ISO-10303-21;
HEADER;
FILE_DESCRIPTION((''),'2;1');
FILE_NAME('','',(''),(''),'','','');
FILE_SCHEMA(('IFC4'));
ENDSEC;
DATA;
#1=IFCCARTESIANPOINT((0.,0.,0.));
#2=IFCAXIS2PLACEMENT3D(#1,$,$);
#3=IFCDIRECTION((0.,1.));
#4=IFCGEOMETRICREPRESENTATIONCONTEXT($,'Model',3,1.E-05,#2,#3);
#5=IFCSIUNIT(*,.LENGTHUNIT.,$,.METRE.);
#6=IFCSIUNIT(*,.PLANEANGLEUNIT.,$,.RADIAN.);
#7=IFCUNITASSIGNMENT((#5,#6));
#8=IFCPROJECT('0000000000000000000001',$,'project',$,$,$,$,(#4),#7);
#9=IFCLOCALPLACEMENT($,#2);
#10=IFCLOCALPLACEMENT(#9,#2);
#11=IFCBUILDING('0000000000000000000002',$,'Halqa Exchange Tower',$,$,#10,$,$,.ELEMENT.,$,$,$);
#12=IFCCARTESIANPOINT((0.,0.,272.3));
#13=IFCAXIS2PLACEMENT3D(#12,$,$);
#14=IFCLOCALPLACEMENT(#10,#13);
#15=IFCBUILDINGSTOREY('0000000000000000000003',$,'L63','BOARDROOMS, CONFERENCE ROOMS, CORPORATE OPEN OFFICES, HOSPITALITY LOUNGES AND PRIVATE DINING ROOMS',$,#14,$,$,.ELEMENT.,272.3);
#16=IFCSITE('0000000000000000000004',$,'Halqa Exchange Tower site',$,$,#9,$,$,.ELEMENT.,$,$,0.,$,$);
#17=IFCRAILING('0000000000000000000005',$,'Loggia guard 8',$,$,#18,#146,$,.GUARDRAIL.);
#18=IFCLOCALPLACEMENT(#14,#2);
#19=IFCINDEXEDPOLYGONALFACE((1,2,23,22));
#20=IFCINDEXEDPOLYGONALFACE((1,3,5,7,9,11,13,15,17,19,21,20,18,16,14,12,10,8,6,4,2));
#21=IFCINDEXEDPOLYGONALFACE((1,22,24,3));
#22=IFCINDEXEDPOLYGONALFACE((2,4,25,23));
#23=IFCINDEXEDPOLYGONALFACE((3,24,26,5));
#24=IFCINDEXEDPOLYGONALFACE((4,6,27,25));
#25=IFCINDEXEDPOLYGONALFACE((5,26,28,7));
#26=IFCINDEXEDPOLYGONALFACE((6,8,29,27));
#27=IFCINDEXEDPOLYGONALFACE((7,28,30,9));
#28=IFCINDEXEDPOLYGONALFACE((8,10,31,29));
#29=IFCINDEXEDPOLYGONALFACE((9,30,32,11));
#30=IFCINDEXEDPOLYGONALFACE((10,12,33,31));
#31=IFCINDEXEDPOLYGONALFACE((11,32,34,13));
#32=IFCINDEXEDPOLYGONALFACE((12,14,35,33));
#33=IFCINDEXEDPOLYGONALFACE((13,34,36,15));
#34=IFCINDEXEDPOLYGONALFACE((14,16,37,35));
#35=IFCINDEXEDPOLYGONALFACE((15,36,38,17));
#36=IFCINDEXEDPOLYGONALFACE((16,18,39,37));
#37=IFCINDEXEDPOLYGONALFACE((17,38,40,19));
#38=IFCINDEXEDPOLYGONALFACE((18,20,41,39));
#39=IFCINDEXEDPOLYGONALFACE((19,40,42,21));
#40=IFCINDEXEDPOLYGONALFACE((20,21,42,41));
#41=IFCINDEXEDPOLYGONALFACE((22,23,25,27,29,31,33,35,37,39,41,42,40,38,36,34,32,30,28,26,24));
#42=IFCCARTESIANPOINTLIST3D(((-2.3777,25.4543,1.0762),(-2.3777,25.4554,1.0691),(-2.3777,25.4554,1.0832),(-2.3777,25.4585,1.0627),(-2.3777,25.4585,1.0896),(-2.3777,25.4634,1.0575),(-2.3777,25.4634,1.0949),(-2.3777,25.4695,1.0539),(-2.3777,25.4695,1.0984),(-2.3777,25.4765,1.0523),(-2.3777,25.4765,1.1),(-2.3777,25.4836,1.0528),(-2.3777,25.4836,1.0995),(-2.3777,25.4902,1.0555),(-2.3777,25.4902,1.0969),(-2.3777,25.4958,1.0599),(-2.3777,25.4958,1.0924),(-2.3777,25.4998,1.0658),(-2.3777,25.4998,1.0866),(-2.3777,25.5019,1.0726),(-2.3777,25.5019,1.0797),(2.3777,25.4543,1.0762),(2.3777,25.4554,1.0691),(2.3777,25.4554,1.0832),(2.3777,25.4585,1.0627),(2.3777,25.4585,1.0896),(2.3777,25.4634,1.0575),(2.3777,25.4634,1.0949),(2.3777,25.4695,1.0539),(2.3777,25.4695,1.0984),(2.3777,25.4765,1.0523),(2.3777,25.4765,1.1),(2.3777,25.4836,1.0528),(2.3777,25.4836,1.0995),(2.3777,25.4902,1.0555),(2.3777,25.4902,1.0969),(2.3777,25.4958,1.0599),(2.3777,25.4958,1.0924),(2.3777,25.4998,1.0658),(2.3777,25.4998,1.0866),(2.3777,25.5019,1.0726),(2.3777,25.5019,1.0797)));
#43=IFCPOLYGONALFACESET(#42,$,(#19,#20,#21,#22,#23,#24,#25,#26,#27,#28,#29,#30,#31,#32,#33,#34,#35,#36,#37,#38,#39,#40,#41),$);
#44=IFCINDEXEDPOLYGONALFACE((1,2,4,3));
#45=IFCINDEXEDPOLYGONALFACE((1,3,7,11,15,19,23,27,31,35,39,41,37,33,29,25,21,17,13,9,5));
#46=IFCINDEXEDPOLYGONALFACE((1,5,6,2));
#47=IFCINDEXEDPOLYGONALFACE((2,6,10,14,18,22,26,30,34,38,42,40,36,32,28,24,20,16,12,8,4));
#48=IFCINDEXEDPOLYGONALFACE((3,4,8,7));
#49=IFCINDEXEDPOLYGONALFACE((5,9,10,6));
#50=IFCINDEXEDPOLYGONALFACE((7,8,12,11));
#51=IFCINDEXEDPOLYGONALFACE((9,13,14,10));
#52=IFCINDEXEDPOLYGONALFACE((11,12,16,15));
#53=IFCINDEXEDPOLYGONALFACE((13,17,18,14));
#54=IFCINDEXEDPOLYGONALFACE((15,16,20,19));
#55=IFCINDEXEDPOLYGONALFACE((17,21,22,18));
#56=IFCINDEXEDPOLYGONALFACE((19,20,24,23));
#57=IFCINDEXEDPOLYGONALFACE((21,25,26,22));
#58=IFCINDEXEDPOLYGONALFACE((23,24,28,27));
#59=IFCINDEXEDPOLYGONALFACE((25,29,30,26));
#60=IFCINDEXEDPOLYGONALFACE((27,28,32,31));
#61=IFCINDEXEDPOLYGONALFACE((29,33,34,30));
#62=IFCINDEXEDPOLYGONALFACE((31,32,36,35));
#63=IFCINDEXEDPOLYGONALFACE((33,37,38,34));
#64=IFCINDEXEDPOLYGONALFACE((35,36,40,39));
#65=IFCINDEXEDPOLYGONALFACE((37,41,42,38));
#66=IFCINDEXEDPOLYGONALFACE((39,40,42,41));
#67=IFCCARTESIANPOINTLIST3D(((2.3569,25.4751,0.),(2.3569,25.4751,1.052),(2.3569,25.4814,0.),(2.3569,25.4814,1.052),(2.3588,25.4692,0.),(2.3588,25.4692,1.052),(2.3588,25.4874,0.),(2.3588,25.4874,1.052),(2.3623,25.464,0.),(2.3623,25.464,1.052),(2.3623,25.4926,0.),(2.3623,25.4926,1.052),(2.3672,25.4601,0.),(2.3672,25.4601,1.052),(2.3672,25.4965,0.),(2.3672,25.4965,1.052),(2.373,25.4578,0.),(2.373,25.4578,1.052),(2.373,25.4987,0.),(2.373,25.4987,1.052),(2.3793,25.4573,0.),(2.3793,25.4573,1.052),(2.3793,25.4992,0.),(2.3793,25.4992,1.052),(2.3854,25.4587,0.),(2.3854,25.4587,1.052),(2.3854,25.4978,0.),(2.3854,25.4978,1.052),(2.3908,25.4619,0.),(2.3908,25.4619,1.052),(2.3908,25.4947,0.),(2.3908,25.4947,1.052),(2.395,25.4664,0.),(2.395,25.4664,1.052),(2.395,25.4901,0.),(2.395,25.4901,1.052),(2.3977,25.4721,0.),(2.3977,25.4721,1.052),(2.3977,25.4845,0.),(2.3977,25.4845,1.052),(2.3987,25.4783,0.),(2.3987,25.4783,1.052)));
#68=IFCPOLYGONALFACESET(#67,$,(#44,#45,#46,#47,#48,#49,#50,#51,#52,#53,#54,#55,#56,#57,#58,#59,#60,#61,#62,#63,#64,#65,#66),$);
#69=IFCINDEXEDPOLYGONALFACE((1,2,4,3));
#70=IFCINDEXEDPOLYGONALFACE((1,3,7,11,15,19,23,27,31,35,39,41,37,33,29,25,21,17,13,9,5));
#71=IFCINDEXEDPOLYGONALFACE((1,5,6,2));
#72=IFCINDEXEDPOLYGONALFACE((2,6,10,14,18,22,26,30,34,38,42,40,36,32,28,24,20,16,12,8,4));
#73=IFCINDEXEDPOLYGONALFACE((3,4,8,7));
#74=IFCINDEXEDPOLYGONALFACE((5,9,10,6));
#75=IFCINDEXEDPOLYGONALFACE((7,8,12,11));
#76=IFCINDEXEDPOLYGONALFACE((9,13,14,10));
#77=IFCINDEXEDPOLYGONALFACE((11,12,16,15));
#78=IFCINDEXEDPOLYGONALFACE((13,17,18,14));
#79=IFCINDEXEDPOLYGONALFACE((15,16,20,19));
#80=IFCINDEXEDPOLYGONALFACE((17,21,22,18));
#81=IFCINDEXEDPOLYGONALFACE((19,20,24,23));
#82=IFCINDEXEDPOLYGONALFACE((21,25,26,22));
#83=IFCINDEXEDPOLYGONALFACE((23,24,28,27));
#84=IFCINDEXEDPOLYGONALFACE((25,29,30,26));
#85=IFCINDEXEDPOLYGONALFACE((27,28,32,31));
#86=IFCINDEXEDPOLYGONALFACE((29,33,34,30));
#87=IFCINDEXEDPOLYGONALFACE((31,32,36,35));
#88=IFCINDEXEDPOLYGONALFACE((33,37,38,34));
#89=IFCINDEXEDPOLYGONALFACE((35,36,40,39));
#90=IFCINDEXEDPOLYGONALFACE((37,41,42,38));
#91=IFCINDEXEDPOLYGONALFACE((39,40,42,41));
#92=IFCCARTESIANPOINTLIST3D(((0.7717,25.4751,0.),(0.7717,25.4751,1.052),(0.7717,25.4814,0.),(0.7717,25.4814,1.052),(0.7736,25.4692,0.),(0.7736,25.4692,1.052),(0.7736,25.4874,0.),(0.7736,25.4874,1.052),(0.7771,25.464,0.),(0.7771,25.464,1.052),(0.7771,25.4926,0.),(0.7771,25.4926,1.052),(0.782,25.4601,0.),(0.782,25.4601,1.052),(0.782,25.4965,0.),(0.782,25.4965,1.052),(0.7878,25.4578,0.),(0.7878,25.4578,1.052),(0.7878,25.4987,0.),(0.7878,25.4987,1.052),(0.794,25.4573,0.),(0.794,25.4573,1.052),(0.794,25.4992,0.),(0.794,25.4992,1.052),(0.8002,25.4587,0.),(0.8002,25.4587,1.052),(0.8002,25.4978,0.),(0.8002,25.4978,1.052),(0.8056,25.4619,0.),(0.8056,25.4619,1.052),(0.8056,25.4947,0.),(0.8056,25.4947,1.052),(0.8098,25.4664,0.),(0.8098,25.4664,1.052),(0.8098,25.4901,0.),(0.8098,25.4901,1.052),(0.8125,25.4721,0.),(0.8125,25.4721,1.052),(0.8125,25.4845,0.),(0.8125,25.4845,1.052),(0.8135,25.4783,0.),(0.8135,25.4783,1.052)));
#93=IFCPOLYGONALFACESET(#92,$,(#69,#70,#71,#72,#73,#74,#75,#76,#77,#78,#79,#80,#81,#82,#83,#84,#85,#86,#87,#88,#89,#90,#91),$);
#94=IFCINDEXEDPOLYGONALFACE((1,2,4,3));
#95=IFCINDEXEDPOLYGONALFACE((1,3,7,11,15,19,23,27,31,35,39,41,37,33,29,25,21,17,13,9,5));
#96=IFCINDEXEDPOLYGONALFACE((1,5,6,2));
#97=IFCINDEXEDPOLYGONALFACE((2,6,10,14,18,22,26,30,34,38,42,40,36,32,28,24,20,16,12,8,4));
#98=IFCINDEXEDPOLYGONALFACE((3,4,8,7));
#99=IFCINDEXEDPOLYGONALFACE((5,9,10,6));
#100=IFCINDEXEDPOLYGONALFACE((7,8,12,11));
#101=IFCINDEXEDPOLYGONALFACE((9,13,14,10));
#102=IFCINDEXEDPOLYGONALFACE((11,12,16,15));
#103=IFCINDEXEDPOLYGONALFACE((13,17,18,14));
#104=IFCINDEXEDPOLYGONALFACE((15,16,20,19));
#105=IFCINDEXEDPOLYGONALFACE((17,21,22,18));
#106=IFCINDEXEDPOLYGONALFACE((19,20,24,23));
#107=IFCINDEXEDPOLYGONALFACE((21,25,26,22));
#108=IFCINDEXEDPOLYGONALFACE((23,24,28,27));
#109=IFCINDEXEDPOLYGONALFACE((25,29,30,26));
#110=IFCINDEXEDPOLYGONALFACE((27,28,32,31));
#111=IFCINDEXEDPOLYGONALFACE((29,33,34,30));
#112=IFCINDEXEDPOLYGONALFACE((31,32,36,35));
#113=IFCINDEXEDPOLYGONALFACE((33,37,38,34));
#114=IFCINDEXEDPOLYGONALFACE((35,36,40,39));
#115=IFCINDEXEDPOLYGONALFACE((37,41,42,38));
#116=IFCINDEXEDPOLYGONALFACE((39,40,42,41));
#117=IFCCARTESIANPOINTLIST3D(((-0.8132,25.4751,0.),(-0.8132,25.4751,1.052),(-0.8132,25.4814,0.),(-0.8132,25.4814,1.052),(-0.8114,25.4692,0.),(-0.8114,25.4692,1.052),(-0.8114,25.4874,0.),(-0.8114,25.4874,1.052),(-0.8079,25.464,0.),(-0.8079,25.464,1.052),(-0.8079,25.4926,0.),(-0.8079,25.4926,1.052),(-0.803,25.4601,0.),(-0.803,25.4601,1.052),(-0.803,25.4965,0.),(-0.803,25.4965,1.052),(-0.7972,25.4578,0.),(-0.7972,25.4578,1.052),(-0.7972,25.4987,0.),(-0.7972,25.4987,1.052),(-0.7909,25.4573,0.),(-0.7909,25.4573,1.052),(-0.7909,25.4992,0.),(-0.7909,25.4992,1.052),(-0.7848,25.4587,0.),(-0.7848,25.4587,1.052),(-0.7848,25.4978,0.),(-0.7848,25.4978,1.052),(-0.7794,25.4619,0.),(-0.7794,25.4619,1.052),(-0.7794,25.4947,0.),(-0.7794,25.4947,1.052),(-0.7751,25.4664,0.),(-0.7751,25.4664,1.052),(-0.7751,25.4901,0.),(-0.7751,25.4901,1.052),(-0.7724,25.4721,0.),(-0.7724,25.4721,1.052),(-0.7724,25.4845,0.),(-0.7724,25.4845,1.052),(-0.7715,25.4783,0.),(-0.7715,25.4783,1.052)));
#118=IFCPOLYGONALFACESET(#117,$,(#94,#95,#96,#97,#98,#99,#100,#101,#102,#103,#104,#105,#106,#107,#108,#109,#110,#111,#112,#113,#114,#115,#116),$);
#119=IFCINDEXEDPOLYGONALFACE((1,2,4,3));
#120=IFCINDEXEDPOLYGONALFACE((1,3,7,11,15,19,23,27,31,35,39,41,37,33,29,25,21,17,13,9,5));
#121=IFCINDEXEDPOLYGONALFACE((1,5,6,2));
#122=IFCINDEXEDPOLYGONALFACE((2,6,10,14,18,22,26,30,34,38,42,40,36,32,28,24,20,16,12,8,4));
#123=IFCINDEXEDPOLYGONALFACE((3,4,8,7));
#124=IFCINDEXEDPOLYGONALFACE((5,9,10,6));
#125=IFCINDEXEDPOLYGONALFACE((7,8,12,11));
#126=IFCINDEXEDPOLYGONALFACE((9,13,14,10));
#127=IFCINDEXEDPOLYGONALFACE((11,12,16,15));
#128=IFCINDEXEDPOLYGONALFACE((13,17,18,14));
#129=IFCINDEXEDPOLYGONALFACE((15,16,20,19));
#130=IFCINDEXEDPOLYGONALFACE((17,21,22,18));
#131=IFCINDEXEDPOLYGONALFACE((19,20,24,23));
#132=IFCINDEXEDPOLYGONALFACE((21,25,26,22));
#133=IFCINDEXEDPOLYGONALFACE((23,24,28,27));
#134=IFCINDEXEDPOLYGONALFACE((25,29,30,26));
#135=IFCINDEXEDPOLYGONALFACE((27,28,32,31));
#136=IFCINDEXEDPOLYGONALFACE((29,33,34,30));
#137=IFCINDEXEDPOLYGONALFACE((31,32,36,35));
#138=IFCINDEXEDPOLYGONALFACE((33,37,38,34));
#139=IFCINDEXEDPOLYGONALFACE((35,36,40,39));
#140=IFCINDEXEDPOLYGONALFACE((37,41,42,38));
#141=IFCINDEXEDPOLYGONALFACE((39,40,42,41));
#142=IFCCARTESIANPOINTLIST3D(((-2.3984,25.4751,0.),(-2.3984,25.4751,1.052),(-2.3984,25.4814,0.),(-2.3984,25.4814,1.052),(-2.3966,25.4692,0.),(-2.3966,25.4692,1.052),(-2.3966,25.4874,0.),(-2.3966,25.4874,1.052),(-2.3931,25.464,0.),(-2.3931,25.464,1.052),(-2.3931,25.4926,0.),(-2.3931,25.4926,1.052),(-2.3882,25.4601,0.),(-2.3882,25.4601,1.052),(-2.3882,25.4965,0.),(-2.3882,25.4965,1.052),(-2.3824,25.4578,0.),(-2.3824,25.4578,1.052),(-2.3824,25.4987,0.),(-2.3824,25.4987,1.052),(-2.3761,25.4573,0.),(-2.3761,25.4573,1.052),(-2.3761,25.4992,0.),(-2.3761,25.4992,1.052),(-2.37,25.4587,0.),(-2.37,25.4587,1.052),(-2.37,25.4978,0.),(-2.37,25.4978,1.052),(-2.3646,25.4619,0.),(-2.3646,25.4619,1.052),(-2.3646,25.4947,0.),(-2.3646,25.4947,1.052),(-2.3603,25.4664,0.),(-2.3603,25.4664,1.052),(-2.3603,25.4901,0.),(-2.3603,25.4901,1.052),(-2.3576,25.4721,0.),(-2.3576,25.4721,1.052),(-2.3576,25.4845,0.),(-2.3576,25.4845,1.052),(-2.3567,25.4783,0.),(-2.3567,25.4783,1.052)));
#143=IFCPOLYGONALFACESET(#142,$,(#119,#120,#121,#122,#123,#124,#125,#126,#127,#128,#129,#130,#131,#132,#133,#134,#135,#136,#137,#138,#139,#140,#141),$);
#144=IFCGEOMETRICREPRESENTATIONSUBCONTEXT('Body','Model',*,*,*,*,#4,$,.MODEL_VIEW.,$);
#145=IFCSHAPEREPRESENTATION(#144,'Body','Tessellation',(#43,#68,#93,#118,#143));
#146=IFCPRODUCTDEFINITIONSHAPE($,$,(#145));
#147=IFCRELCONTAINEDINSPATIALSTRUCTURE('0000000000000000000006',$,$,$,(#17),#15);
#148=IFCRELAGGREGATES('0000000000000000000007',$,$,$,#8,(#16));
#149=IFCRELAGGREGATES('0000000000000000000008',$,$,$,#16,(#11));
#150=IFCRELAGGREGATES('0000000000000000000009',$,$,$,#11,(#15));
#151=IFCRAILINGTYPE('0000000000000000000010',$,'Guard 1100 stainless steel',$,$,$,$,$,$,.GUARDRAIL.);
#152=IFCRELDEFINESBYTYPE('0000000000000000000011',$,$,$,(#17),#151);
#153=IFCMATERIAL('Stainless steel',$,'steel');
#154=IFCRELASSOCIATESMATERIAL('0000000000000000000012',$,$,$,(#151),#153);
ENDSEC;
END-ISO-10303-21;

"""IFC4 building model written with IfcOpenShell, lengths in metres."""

from ifc_helpers import new_model, si_unit, direction, frame, origin, origin_2d, place, context, subcontext, project, spatial, circle, extrude, material, type_object, element, save


model = new_model("IFC4")

# Units and contexts
model_context = context("Model", 3, precision=1e-05, world=origin(), true_north=direction((0.0, 1.0)))
body_context = subcontext(model_context, "Body", "Model", "MODEL_VIEW")
ifc_project = project(units=[si_unit("LENGTHUNIT", "METRE"), si_unit("PLANEANGLEUNIT", "RADIAN")], contexts=[model_context])

# Site, building, storey
site_placement = place(None, origin())
site = spatial("IfcSite", under=ifc_project, at=site_placement, Name="Halqa Exchange Tower site", CompositionType="ELEMENT", RefElevation=0.0)
building_placement = place(site_placement, origin())
building = spatial("IfcBuilding", under=site, at=building_placement, Name="Halqa Exchange Tower", CompositionType="ELEMENT")
storey_placement = place(building_placement, frame((0.0, 0.0, 272.3)))
storey = spatial("IfcBuildingStorey", under=building, at=storey_placement, Name="L63", Description="BOARDROOMS, CONFERENCE ROOMS, CORPORATE OPEN OFFICES, HOSPITALITY LOUNGES AND PRIVATE DINING ROOMS", CompositionType="ELEMENT", Elevation=272.3)

# Railing
ifc_material_1 = material(Name="Stainless steel", Category="steel")
railing_type_1 = type_object("IfcRailingType", Name="Guard 1100 stainless steel", PredefinedType="GUARDRAIL", material=ifc_material_1)
railing_1_placement = place(storey_placement, frame((2.3777, 25.4783, 0.0)))
element("IfcRailing", 1, at=railing_1_placement, inside=storey, type_object=railing_type_1, Name="Loggia guard 8", PredefinedType="GUARDRAIL", context=body_context, shape_type="SweptSolid", body=[
    extrude(circle(Radius=0.0239, at=origin_2d()), frame((0.0, 0.0, 1.0762), z_axis=(-1.0, 0.0, 0.0), x_axis=(0.0, -1.0, 0.0)), (0.0, 0.0, 1.0), 4.7554),
    extrude(circle(Radius=0.021, at=origin_2d()), origin(), (0.0, 0.0, 1.0), 1.052),
    extrude(circle(Radius=0.021, at=origin_2d()), frame((-1.5852, 0.0, 0.0)), (0.0, 0.0, 1.0), 1.052),
    extrude(circle(Radius=0.021, at=origin_2d()), frame((-3.1702, 0.0, 0.0)), (0.0, 0.0, 1.0), 1.052),
    extrude(circle(Radius=0.021, at=origin_2d()), frame((-4.7554, 0.0, 0.0)), (0.0, 0.0, 1.0), 1.052),
])

save(model, "model.ifc")
